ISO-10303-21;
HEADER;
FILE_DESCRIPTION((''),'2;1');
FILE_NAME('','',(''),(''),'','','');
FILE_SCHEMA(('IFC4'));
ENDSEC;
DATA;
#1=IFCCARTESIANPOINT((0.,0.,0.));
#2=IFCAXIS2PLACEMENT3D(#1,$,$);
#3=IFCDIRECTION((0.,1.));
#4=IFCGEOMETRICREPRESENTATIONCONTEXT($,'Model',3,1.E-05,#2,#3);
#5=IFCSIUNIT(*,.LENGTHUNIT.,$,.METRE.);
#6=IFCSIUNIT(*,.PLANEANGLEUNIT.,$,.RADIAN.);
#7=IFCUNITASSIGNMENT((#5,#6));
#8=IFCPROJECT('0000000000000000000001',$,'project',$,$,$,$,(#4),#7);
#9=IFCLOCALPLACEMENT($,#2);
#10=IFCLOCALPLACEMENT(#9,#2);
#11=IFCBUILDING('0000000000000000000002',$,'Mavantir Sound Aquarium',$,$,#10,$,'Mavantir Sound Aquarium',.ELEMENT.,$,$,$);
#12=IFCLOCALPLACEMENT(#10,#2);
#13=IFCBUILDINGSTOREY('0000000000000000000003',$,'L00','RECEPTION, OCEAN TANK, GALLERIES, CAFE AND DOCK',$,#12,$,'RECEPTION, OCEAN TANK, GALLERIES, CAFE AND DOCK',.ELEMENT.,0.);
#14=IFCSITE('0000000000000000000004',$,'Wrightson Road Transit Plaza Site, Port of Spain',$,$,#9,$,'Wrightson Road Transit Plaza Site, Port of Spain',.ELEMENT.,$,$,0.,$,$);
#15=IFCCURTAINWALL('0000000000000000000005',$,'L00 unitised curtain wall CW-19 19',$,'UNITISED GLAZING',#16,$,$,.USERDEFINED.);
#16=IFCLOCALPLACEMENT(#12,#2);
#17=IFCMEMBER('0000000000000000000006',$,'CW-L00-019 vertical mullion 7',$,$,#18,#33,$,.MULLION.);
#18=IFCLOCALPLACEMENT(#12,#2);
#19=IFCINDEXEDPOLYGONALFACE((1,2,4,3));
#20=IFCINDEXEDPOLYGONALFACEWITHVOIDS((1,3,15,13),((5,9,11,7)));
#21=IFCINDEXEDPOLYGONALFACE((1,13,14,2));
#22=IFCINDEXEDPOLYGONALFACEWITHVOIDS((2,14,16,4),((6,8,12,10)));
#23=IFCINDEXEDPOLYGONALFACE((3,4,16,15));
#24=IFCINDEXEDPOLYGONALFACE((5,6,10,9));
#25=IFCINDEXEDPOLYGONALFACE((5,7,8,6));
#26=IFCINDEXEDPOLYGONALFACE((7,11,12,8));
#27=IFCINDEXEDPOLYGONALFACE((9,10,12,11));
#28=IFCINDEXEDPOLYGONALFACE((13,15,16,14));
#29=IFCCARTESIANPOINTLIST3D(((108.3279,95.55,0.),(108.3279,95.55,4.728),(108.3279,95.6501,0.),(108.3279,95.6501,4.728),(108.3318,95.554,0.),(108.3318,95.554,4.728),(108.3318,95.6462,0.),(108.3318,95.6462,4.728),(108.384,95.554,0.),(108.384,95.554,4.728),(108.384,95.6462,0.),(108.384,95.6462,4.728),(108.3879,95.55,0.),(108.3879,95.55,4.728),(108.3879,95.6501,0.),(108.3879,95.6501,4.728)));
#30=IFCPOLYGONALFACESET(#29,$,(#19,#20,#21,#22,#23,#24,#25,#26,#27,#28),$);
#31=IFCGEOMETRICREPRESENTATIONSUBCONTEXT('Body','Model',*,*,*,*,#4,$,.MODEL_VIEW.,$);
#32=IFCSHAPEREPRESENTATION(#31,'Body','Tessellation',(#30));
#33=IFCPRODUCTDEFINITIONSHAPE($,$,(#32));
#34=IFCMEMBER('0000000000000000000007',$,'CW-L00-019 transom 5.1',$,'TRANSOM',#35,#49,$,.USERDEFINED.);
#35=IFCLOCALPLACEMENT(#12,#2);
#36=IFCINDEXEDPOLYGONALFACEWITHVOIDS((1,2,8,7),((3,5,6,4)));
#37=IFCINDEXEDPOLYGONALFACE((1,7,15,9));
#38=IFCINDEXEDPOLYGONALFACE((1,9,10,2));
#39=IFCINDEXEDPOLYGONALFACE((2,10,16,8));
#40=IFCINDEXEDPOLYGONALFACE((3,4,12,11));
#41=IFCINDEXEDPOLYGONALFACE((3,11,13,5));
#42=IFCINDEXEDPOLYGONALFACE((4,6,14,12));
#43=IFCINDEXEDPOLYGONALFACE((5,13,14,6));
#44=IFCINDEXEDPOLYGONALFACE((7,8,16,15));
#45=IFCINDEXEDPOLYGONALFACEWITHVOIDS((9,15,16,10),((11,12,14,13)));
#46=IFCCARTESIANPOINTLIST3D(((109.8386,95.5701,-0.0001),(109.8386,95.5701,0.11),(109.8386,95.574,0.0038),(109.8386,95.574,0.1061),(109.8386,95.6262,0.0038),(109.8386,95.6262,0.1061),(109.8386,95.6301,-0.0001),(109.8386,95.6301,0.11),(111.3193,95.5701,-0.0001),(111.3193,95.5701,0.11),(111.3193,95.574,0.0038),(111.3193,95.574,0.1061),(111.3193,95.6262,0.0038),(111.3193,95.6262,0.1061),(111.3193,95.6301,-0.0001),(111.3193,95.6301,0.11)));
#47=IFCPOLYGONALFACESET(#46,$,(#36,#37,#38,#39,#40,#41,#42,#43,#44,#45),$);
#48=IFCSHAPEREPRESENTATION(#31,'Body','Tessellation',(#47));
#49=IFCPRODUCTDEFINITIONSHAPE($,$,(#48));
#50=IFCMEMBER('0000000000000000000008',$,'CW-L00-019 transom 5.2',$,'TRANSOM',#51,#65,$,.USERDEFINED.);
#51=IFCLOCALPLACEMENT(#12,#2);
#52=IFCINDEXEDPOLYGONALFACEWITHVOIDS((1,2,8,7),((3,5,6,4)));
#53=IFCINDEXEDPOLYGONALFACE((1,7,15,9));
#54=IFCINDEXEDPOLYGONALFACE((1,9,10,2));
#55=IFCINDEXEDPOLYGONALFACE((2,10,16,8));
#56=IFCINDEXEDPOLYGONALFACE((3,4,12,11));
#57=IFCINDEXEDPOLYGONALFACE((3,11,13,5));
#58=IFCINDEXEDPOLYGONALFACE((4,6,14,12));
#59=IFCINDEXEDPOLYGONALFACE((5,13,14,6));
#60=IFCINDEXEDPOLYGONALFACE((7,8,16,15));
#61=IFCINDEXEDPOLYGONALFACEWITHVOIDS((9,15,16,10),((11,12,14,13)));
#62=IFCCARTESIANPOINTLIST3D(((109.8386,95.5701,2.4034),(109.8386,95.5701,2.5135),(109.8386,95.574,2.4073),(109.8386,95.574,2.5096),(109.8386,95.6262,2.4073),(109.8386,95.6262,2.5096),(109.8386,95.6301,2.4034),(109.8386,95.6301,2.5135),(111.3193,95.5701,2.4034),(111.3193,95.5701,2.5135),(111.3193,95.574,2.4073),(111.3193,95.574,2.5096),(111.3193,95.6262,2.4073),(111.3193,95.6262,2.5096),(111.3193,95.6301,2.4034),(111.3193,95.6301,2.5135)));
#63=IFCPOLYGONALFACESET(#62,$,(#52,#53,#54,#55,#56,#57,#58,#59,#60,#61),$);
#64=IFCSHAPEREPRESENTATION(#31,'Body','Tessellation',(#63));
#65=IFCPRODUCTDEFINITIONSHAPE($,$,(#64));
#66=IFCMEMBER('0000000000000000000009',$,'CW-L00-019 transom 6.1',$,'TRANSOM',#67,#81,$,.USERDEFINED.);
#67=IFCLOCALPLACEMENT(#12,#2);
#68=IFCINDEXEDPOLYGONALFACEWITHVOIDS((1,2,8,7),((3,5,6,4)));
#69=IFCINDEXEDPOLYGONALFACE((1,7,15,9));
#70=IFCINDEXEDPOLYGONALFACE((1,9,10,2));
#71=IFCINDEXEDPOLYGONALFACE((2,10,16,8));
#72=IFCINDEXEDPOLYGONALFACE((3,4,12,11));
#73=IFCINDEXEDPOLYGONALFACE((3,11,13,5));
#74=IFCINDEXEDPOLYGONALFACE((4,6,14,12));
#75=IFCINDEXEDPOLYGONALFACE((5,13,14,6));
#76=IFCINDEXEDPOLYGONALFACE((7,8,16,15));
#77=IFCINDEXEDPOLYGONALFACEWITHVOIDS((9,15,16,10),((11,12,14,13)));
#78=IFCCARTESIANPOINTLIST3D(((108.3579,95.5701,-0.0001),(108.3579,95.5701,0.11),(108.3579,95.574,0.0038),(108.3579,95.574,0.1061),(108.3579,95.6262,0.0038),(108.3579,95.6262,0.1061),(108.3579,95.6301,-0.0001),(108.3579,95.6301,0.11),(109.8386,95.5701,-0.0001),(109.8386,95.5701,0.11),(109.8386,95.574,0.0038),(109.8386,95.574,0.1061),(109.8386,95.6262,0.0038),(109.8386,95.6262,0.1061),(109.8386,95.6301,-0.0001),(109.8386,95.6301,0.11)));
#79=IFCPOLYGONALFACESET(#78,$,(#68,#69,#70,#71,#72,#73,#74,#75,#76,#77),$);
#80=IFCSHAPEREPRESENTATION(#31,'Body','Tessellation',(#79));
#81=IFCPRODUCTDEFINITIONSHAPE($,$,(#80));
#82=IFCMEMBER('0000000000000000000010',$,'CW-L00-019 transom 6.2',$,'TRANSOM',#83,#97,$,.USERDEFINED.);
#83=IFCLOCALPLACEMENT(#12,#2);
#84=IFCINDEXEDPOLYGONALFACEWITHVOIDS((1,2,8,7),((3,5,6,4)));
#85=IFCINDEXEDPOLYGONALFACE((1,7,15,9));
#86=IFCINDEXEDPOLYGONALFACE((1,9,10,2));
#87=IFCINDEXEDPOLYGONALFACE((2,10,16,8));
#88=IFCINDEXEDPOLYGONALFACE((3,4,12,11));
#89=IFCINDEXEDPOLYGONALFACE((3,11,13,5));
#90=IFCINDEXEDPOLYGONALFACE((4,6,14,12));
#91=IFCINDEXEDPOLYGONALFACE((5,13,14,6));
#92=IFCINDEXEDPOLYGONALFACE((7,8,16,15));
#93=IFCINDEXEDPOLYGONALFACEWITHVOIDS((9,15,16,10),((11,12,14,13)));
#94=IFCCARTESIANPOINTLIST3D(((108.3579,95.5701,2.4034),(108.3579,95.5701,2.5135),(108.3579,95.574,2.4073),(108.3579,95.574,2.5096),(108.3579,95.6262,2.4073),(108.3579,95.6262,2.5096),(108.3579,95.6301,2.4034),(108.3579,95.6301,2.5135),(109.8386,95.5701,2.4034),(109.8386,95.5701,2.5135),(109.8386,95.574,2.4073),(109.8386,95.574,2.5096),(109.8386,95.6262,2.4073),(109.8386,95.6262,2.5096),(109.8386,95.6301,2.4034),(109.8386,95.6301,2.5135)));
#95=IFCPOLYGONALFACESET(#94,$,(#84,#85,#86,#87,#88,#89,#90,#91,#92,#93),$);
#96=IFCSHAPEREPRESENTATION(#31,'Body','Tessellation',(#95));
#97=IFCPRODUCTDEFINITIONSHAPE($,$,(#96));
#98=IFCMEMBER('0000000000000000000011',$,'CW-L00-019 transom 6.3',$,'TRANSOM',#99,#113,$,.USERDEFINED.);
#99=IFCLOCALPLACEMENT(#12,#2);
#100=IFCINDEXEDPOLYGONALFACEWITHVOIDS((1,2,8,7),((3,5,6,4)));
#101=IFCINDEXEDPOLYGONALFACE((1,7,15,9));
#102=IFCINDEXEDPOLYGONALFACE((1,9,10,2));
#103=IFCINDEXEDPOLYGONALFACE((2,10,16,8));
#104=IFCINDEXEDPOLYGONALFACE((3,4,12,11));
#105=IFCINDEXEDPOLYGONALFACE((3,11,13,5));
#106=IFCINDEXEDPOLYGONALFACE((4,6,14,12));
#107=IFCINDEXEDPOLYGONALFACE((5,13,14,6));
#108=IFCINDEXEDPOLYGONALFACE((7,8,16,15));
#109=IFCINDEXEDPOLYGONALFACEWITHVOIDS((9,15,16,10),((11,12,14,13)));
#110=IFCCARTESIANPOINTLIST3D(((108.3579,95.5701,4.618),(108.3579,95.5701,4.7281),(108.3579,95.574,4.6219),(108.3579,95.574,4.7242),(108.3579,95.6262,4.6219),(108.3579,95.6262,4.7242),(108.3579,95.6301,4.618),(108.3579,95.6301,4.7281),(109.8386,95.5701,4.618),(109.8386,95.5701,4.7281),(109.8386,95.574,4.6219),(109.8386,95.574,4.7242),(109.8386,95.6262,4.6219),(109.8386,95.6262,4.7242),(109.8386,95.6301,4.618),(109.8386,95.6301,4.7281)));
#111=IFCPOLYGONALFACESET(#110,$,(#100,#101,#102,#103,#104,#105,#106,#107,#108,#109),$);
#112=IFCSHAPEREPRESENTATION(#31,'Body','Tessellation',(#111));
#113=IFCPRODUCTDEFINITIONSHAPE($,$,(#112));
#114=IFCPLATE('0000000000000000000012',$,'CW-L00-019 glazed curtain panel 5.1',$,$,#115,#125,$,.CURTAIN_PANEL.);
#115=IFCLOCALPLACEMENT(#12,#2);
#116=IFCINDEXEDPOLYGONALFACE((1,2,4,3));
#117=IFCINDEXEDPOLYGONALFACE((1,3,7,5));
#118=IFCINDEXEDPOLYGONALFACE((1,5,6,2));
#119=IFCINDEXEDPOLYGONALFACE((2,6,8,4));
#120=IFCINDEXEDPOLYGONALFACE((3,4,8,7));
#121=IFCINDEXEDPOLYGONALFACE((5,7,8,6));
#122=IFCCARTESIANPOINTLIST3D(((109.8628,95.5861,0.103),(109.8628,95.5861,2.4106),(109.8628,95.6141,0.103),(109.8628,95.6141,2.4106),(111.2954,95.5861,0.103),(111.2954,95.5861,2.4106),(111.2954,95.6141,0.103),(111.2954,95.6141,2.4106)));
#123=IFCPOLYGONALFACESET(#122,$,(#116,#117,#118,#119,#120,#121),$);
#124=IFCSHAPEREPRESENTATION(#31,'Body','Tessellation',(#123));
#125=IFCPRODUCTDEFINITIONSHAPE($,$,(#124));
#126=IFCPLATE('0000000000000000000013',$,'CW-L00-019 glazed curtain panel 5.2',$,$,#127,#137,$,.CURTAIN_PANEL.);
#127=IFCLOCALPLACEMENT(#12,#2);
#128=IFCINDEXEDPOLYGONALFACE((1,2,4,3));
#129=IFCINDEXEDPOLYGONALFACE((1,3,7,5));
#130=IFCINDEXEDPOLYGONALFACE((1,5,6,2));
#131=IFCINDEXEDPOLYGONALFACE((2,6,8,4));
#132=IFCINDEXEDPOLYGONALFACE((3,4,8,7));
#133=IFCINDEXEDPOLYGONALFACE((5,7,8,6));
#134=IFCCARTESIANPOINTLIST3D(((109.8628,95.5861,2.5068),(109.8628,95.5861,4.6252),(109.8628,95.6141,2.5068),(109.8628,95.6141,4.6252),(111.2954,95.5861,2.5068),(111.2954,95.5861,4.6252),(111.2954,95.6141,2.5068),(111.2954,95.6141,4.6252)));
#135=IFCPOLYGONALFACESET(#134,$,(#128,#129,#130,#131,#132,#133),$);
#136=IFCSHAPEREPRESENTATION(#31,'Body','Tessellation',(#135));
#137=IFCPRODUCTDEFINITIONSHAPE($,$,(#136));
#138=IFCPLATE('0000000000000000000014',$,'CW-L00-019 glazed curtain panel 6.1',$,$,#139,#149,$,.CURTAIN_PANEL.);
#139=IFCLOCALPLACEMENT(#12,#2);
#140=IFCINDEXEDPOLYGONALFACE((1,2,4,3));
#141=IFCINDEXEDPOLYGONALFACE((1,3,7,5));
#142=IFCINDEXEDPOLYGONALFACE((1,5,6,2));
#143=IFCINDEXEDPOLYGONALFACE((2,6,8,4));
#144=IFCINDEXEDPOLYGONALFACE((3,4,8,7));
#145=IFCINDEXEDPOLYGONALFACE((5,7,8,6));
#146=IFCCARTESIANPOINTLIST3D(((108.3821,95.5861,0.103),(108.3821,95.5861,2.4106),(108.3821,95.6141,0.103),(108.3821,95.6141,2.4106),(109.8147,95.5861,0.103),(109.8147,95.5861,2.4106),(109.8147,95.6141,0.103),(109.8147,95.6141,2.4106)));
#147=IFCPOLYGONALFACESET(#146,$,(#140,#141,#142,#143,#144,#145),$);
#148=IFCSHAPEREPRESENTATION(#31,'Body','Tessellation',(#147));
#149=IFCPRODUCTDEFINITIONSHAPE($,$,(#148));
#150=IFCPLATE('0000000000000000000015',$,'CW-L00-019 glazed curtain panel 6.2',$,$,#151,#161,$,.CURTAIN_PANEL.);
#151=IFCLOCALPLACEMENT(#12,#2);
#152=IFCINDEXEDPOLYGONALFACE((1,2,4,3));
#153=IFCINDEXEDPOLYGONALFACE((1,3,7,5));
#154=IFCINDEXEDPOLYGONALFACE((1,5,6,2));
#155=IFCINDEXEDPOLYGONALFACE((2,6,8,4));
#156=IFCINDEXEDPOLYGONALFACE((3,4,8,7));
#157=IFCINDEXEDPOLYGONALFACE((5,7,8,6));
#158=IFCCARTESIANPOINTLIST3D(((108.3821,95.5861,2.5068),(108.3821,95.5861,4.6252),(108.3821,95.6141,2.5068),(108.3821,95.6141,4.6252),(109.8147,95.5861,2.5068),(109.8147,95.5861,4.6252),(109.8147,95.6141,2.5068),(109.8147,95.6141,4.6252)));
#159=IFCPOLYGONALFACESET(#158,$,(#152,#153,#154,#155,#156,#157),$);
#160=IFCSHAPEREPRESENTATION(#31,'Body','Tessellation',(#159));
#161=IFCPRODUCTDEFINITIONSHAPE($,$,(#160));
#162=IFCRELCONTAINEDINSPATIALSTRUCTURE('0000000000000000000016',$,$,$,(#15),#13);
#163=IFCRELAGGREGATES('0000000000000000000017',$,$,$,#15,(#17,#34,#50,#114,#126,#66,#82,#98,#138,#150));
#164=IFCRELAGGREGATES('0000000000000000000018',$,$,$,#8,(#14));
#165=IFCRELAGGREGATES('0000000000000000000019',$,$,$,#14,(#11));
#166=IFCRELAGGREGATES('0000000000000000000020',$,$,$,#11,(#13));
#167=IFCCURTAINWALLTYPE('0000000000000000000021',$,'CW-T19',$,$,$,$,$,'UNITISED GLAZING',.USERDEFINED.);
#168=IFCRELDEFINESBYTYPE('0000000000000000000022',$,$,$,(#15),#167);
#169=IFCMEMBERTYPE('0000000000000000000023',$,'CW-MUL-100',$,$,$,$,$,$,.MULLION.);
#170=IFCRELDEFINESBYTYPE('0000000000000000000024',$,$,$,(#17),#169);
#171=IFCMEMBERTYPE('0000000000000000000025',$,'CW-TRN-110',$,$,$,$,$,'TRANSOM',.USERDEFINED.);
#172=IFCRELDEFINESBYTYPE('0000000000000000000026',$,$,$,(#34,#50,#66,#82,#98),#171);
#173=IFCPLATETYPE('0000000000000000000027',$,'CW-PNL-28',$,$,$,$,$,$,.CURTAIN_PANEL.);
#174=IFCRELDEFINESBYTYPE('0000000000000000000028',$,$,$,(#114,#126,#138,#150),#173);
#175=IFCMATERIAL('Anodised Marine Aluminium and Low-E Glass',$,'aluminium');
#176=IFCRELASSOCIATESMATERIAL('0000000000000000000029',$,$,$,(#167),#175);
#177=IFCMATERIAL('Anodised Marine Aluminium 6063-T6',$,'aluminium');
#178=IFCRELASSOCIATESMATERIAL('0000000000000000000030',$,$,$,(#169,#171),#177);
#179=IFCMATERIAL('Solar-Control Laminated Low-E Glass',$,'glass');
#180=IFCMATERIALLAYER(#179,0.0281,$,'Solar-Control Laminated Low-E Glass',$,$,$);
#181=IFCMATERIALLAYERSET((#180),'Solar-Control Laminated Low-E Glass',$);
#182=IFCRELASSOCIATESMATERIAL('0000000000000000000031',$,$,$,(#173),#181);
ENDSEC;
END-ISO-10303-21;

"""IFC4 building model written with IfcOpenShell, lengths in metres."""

from ifc_helpers import new_model, si_unit, direction, frame, origin, origin_2d, place, context, subcontext, project, spatial, rectangle, hollow_rectangle, extrude, material, layer, layer_set, material_profile, profile_set, type_object, element, aggregate, save


model = new_model("IFC4")

# Units and contexts
model_context = context("Model", 3, precision=1e-05, world=origin(), true_north=direction((0.0, 1.0)))
body_context = subcontext(model_context, "Body", "Model", "MODEL_VIEW")
ifc_project = project(units=[si_unit("LENGTHUNIT", "METRE"), si_unit("PLANEANGLEUNIT", "RADIAN")], contexts=[model_context])

# Site, building, storey
site_placement = place(None, origin())
site = spatial("IfcSite", under=ifc_project, at=site_placement, Name="Wrightson Road Transit Plaza Site, Port of Spain", LongName="Wrightson Road Transit Plaza Site, Port of Spain", CompositionType="ELEMENT", RefElevation=0.0)
building_placement = place(site_placement, origin())
building = spatial("IfcBuilding", under=site, at=building_placement, Name="Mavantir Sound Aquarium", LongName="Mavantir Sound Aquarium", CompositionType="ELEMENT")
storey_placement = place(building_placement, origin())
storey = spatial("IfcBuildingStorey", under=building, at=storey_placement, Name="L00", Description="RECEPTION, OCEAN TANK, GALLERIES, CAFE AND DOCK", LongName="RECEPTION, OCEAN TANK, GALLERIES, CAFE AND DOCK", CompositionType="ELEMENT", Elevation=0.0)

# Curtain wall, members, plates
ifc_material_1 = material(Name="Anodised Marine Aluminium and Low-E Glass", Category="aluminium")
curtain_wall_type = type_object("IfcCurtainWallType", Name="CW-T19", ElementType="UNITISED GLAZING", PredefinedType="USERDEFINED", material=ifc_material_1)
curtain_wall_placement = place(storey_placement, origin())
curtain_wall = element("IfcCurtainWall", 1, at=curtain_wall_placement, inside=storey, type_object=curtain_wall_type, Name="L00 unitised curtain wall CW-19 19", ObjectType="UNITISED GLAZING", PredefinedType="USERDEFINED")
ifc_material_2 = material(Name="Anodised Marine Aluminium 6063-T6", Category="aluminium")
ifc_material_profile_1 = material_profile(ifc_material_2, hollow_rectangle(XDim=0.0601, YDim=0.1001, WallThickness=0.0039, at=origin_2d()), Name="ALU-MULLION-100X60")
ifc_profile_set_1 = profile_set([ifc_material_profile_1], Name="Anodised Marine Aluminium 6063-T6")
member_type_1 = type_object("IfcMemberType", Name="CW-MUL-100", PredefinedType="MULLION", material=ifc_profile_set_1)
member_1_placement = place(storey_placement, frame((108.3579, 95.6001, 0.0), z_axis=(0.0, 0.0, 1.0), x_axis=(1.0, 0.0, 0.0)))
member_1 = element("IfcMember", 2, at=member_1_placement, type_object=member_type_1, Name="CW-L00-019 vertical mullion 7", PredefinedType="MULLION", context=body_context, shape_type="SweptSolid", body=[
    extrude(hollow_rectangle(XDim=0.0601, YDim=0.1001, WallThickness=0.0039, at=origin_2d()), origin(), (0.0, 0.0, 1.0), 4.728),
])
ifc_material_profile_2 = material_profile(ifc_material_2, hollow_rectangle(XDim=0.0601, YDim=0.1101, WallThickness=0.0039, at=origin_2d()), Name="ALU-TRANSOM-110X60")
ifc_profile_set_2 = profile_set([ifc_material_profile_2], Name="Anodised Marine Aluminium 6063-T6")
member_type_2 = type_object("IfcMemberType", Name="CW-TRN-110", ElementType="TRANSOM", PredefinedType="USERDEFINED", material=ifc_profile_set_2)
member_2_placement = place(storey_placement, frame((111.3193, 95.6001, 0.0549), z_axis=(-1.0, 0.0, 0.0), x_axis=(0.0, -1.0, 0.0)))
member_2 = element("IfcMember", 3, at=member_2_placement, type_object=member_type_2, Name="CW-L00-019 transom 5.1", ObjectType="TRANSOM", PredefinedType="USERDEFINED", context=body_context, shape_type="SweptSolid", body=[
    extrude(hollow_rectangle(XDim=0.0601, YDim=0.1101, WallThickness=0.0039, at=origin_2d()), origin(), (0.0, 0.0, 1.0), 1.4807),
])
member_3_placement = place(storey_placement, frame((111.3193, 95.6001, 2.4585), z_axis=(-1.0, 0.0, 0.0), x_axis=(0.0, -1.0, 0.0)))
member_3 = element("IfcMember", 4, at=member_3_placement, type_object=member_type_2, Name="CW-L00-019 transom 5.2", ObjectType="TRANSOM", PredefinedType="USERDEFINED", context=body_context, shape_type="SweptSolid", body=[
    extrude(hollow_rectangle(XDim=0.0601, YDim=0.1101, WallThickness=0.0039, at=origin_2d()), origin(), (0.0, 0.0, 1.0), 1.4807),
])
member_4_placement = place(storey_placement, frame((109.8386, 95.6001, 0.0549), z_axis=(-1.0, 0.0, 0.0), x_axis=(0.0, -1.0, 0.0)))
member_4 = element("IfcMember", 5, at=member_4_placement, type_object=member_type_2, Name="CW-L00-019 transom 6.1", ObjectType="TRANSOM", PredefinedType="USERDEFINED", context=body_context, shape_type="SweptSolid", body=[
    extrude(hollow_rectangle(XDim=0.0601, YDim=0.1101, WallThickness=0.0039, at=origin_2d()), origin(), (0.0, 0.0, 1.0), 1.4807),
])
member_5_placement = place(storey_placement, frame((109.8386, 95.6001, 2.4585), z_axis=(-1.0, 0.0, 0.0), x_axis=(0.0, -1.0, 0.0)))
member_5 = element("IfcMember", 6, at=member_5_placement, type_object=member_type_2, Name="CW-L00-019 transom 6.2", ObjectType="TRANSOM", PredefinedType="USERDEFINED", context=body_context, shape_type="SweptSolid", body=[
    extrude(hollow_rectangle(XDim=0.0601, YDim=0.1101, WallThickness=0.0039, at=origin_2d()), origin(), (0.0, 0.0, 1.0), 1.4807),
])
member_6_placement = place(storey_placement, frame((109.8386, 95.6001, 4.6731), z_axis=(-1.0, 0.0, 0.0), x_axis=(0.0, -1.0, 0.0)))
member_6 = element("IfcMember", 7, at=member_6_placement, type_object=member_type_2, Name="CW-L00-019 transom 6.3", ObjectType="TRANSOM", PredefinedType="USERDEFINED", context=body_context, shape_type="SweptSolid", body=[
    extrude(hollow_rectangle(XDim=0.0601, YDim=0.1101, WallThickness=0.0039, at=origin_2d()), origin(), (0.0, 0.0, 1.0), 1.4807),
])
ifc_material_3 = material(Name="Solar-Control Laminated Low-E Glass", Category="glass")
ifc_layer_1 = layer(ifc_material_3, 0.0281, Name="Solar-Control Laminated Low-E Glass")
ifc_layer_set_1 = layer_set([ifc_layer_1], Name="Solar-Control Laminated Low-E Glass")
plate_type = type_object("IfcPlateType", Name="CW-PNL-28", PredefinedType="CURTAIN_PANEL", material=ifc_layer_set_1)
plate_1_placement = place(storey_placement, frame((110.5791, 95.6001, 0.103), z_axis=(0.0, 0.0, 1.0), x_axis=(-1.0, 0.0, 0.0)))
plate_1 = element("IfcPlate", 8, at=plate_1_placement, type_object=plate_type, Name="CW-L00-019 glazed curtain panel 5.1", PredefinedType="CURTAIN_PANEL", context=body_context, shape_type="SweptSolid", body=[
    extrude(rectangle(XDim=1.4326, YDim=0.0281, at=origin_2d()), origin(), (0.0, 0.0, 1.0), 2.3076),
])
plate_2_placement = place(storey_placement, frame((110.5791, 95.6001, 2.5068), z_axis=(0.0, 0.0, 1.0), x_axis=(-1.0, 0.0, 0.0)))
plate_2 = element("IfcPlate", 9, at=plate_2_placement, type_object=plate_type, Name="CW-L00-019 glazed curtain panel 5.2", PredefinedType="CURTAIN_PANEL", context=body_context, shape_type="SweptSolid", body=[
    extrude(rectangle(XDim=1.4326, YDim=0.0281, at=origin_2d()), origin(), (0.0, 0.0, 1.0), 2.1184),
])
plate_3_placement = place(storey_placement, frame((109.0984, 95.6001, 0.103), z_axis=(0.0, 0.0, 1.0), x_axis=(-1.0, 0.0, 0.0)))
plate_3 = element("IfcPlate", 10, at=plate_3_placement, type_object=plate_type, Name="CW-L00-019 glazed curtain panel 6.1", PredefinedType="CURTAIN_PANEL", context=body_context, shape_type="SweptSolid", body=[
    extrude(rectangle(XDim=1.4326, YDim=0.0281, at=origin_2d()), origin(), (0.0, 0.0, 1.0), 2.3076),
])
plate_4_placement = place(storey_placement, frame((109.0984, 95.6001, 2.5068), z_axis=(0.0, 0.0, 1.0), x_axis=(-1.0, 0.0, 0.0)))
plate_4 = element("IfcPlate", 11, at=plate_4_placement, type_object=plate_type, Name="CW-L00-019 glazed curtain panel 6.2", PredefinedType="CURTAIN_PANEL", context=body_context, shape_type="SweptSolid", body=[
    extrude(rectangle(XDim=1.4326, YDim=0.0281, at=origin_2d()), origin(), (0.0, 0.0, 1.0), 2.1184),
])
aggregate(curtain_wall, [member_1, member_2, member_3, plate_1, plate_2, member_4, member_5, member_6, plate_3, plate_4])

save(model, "model.ifc")
